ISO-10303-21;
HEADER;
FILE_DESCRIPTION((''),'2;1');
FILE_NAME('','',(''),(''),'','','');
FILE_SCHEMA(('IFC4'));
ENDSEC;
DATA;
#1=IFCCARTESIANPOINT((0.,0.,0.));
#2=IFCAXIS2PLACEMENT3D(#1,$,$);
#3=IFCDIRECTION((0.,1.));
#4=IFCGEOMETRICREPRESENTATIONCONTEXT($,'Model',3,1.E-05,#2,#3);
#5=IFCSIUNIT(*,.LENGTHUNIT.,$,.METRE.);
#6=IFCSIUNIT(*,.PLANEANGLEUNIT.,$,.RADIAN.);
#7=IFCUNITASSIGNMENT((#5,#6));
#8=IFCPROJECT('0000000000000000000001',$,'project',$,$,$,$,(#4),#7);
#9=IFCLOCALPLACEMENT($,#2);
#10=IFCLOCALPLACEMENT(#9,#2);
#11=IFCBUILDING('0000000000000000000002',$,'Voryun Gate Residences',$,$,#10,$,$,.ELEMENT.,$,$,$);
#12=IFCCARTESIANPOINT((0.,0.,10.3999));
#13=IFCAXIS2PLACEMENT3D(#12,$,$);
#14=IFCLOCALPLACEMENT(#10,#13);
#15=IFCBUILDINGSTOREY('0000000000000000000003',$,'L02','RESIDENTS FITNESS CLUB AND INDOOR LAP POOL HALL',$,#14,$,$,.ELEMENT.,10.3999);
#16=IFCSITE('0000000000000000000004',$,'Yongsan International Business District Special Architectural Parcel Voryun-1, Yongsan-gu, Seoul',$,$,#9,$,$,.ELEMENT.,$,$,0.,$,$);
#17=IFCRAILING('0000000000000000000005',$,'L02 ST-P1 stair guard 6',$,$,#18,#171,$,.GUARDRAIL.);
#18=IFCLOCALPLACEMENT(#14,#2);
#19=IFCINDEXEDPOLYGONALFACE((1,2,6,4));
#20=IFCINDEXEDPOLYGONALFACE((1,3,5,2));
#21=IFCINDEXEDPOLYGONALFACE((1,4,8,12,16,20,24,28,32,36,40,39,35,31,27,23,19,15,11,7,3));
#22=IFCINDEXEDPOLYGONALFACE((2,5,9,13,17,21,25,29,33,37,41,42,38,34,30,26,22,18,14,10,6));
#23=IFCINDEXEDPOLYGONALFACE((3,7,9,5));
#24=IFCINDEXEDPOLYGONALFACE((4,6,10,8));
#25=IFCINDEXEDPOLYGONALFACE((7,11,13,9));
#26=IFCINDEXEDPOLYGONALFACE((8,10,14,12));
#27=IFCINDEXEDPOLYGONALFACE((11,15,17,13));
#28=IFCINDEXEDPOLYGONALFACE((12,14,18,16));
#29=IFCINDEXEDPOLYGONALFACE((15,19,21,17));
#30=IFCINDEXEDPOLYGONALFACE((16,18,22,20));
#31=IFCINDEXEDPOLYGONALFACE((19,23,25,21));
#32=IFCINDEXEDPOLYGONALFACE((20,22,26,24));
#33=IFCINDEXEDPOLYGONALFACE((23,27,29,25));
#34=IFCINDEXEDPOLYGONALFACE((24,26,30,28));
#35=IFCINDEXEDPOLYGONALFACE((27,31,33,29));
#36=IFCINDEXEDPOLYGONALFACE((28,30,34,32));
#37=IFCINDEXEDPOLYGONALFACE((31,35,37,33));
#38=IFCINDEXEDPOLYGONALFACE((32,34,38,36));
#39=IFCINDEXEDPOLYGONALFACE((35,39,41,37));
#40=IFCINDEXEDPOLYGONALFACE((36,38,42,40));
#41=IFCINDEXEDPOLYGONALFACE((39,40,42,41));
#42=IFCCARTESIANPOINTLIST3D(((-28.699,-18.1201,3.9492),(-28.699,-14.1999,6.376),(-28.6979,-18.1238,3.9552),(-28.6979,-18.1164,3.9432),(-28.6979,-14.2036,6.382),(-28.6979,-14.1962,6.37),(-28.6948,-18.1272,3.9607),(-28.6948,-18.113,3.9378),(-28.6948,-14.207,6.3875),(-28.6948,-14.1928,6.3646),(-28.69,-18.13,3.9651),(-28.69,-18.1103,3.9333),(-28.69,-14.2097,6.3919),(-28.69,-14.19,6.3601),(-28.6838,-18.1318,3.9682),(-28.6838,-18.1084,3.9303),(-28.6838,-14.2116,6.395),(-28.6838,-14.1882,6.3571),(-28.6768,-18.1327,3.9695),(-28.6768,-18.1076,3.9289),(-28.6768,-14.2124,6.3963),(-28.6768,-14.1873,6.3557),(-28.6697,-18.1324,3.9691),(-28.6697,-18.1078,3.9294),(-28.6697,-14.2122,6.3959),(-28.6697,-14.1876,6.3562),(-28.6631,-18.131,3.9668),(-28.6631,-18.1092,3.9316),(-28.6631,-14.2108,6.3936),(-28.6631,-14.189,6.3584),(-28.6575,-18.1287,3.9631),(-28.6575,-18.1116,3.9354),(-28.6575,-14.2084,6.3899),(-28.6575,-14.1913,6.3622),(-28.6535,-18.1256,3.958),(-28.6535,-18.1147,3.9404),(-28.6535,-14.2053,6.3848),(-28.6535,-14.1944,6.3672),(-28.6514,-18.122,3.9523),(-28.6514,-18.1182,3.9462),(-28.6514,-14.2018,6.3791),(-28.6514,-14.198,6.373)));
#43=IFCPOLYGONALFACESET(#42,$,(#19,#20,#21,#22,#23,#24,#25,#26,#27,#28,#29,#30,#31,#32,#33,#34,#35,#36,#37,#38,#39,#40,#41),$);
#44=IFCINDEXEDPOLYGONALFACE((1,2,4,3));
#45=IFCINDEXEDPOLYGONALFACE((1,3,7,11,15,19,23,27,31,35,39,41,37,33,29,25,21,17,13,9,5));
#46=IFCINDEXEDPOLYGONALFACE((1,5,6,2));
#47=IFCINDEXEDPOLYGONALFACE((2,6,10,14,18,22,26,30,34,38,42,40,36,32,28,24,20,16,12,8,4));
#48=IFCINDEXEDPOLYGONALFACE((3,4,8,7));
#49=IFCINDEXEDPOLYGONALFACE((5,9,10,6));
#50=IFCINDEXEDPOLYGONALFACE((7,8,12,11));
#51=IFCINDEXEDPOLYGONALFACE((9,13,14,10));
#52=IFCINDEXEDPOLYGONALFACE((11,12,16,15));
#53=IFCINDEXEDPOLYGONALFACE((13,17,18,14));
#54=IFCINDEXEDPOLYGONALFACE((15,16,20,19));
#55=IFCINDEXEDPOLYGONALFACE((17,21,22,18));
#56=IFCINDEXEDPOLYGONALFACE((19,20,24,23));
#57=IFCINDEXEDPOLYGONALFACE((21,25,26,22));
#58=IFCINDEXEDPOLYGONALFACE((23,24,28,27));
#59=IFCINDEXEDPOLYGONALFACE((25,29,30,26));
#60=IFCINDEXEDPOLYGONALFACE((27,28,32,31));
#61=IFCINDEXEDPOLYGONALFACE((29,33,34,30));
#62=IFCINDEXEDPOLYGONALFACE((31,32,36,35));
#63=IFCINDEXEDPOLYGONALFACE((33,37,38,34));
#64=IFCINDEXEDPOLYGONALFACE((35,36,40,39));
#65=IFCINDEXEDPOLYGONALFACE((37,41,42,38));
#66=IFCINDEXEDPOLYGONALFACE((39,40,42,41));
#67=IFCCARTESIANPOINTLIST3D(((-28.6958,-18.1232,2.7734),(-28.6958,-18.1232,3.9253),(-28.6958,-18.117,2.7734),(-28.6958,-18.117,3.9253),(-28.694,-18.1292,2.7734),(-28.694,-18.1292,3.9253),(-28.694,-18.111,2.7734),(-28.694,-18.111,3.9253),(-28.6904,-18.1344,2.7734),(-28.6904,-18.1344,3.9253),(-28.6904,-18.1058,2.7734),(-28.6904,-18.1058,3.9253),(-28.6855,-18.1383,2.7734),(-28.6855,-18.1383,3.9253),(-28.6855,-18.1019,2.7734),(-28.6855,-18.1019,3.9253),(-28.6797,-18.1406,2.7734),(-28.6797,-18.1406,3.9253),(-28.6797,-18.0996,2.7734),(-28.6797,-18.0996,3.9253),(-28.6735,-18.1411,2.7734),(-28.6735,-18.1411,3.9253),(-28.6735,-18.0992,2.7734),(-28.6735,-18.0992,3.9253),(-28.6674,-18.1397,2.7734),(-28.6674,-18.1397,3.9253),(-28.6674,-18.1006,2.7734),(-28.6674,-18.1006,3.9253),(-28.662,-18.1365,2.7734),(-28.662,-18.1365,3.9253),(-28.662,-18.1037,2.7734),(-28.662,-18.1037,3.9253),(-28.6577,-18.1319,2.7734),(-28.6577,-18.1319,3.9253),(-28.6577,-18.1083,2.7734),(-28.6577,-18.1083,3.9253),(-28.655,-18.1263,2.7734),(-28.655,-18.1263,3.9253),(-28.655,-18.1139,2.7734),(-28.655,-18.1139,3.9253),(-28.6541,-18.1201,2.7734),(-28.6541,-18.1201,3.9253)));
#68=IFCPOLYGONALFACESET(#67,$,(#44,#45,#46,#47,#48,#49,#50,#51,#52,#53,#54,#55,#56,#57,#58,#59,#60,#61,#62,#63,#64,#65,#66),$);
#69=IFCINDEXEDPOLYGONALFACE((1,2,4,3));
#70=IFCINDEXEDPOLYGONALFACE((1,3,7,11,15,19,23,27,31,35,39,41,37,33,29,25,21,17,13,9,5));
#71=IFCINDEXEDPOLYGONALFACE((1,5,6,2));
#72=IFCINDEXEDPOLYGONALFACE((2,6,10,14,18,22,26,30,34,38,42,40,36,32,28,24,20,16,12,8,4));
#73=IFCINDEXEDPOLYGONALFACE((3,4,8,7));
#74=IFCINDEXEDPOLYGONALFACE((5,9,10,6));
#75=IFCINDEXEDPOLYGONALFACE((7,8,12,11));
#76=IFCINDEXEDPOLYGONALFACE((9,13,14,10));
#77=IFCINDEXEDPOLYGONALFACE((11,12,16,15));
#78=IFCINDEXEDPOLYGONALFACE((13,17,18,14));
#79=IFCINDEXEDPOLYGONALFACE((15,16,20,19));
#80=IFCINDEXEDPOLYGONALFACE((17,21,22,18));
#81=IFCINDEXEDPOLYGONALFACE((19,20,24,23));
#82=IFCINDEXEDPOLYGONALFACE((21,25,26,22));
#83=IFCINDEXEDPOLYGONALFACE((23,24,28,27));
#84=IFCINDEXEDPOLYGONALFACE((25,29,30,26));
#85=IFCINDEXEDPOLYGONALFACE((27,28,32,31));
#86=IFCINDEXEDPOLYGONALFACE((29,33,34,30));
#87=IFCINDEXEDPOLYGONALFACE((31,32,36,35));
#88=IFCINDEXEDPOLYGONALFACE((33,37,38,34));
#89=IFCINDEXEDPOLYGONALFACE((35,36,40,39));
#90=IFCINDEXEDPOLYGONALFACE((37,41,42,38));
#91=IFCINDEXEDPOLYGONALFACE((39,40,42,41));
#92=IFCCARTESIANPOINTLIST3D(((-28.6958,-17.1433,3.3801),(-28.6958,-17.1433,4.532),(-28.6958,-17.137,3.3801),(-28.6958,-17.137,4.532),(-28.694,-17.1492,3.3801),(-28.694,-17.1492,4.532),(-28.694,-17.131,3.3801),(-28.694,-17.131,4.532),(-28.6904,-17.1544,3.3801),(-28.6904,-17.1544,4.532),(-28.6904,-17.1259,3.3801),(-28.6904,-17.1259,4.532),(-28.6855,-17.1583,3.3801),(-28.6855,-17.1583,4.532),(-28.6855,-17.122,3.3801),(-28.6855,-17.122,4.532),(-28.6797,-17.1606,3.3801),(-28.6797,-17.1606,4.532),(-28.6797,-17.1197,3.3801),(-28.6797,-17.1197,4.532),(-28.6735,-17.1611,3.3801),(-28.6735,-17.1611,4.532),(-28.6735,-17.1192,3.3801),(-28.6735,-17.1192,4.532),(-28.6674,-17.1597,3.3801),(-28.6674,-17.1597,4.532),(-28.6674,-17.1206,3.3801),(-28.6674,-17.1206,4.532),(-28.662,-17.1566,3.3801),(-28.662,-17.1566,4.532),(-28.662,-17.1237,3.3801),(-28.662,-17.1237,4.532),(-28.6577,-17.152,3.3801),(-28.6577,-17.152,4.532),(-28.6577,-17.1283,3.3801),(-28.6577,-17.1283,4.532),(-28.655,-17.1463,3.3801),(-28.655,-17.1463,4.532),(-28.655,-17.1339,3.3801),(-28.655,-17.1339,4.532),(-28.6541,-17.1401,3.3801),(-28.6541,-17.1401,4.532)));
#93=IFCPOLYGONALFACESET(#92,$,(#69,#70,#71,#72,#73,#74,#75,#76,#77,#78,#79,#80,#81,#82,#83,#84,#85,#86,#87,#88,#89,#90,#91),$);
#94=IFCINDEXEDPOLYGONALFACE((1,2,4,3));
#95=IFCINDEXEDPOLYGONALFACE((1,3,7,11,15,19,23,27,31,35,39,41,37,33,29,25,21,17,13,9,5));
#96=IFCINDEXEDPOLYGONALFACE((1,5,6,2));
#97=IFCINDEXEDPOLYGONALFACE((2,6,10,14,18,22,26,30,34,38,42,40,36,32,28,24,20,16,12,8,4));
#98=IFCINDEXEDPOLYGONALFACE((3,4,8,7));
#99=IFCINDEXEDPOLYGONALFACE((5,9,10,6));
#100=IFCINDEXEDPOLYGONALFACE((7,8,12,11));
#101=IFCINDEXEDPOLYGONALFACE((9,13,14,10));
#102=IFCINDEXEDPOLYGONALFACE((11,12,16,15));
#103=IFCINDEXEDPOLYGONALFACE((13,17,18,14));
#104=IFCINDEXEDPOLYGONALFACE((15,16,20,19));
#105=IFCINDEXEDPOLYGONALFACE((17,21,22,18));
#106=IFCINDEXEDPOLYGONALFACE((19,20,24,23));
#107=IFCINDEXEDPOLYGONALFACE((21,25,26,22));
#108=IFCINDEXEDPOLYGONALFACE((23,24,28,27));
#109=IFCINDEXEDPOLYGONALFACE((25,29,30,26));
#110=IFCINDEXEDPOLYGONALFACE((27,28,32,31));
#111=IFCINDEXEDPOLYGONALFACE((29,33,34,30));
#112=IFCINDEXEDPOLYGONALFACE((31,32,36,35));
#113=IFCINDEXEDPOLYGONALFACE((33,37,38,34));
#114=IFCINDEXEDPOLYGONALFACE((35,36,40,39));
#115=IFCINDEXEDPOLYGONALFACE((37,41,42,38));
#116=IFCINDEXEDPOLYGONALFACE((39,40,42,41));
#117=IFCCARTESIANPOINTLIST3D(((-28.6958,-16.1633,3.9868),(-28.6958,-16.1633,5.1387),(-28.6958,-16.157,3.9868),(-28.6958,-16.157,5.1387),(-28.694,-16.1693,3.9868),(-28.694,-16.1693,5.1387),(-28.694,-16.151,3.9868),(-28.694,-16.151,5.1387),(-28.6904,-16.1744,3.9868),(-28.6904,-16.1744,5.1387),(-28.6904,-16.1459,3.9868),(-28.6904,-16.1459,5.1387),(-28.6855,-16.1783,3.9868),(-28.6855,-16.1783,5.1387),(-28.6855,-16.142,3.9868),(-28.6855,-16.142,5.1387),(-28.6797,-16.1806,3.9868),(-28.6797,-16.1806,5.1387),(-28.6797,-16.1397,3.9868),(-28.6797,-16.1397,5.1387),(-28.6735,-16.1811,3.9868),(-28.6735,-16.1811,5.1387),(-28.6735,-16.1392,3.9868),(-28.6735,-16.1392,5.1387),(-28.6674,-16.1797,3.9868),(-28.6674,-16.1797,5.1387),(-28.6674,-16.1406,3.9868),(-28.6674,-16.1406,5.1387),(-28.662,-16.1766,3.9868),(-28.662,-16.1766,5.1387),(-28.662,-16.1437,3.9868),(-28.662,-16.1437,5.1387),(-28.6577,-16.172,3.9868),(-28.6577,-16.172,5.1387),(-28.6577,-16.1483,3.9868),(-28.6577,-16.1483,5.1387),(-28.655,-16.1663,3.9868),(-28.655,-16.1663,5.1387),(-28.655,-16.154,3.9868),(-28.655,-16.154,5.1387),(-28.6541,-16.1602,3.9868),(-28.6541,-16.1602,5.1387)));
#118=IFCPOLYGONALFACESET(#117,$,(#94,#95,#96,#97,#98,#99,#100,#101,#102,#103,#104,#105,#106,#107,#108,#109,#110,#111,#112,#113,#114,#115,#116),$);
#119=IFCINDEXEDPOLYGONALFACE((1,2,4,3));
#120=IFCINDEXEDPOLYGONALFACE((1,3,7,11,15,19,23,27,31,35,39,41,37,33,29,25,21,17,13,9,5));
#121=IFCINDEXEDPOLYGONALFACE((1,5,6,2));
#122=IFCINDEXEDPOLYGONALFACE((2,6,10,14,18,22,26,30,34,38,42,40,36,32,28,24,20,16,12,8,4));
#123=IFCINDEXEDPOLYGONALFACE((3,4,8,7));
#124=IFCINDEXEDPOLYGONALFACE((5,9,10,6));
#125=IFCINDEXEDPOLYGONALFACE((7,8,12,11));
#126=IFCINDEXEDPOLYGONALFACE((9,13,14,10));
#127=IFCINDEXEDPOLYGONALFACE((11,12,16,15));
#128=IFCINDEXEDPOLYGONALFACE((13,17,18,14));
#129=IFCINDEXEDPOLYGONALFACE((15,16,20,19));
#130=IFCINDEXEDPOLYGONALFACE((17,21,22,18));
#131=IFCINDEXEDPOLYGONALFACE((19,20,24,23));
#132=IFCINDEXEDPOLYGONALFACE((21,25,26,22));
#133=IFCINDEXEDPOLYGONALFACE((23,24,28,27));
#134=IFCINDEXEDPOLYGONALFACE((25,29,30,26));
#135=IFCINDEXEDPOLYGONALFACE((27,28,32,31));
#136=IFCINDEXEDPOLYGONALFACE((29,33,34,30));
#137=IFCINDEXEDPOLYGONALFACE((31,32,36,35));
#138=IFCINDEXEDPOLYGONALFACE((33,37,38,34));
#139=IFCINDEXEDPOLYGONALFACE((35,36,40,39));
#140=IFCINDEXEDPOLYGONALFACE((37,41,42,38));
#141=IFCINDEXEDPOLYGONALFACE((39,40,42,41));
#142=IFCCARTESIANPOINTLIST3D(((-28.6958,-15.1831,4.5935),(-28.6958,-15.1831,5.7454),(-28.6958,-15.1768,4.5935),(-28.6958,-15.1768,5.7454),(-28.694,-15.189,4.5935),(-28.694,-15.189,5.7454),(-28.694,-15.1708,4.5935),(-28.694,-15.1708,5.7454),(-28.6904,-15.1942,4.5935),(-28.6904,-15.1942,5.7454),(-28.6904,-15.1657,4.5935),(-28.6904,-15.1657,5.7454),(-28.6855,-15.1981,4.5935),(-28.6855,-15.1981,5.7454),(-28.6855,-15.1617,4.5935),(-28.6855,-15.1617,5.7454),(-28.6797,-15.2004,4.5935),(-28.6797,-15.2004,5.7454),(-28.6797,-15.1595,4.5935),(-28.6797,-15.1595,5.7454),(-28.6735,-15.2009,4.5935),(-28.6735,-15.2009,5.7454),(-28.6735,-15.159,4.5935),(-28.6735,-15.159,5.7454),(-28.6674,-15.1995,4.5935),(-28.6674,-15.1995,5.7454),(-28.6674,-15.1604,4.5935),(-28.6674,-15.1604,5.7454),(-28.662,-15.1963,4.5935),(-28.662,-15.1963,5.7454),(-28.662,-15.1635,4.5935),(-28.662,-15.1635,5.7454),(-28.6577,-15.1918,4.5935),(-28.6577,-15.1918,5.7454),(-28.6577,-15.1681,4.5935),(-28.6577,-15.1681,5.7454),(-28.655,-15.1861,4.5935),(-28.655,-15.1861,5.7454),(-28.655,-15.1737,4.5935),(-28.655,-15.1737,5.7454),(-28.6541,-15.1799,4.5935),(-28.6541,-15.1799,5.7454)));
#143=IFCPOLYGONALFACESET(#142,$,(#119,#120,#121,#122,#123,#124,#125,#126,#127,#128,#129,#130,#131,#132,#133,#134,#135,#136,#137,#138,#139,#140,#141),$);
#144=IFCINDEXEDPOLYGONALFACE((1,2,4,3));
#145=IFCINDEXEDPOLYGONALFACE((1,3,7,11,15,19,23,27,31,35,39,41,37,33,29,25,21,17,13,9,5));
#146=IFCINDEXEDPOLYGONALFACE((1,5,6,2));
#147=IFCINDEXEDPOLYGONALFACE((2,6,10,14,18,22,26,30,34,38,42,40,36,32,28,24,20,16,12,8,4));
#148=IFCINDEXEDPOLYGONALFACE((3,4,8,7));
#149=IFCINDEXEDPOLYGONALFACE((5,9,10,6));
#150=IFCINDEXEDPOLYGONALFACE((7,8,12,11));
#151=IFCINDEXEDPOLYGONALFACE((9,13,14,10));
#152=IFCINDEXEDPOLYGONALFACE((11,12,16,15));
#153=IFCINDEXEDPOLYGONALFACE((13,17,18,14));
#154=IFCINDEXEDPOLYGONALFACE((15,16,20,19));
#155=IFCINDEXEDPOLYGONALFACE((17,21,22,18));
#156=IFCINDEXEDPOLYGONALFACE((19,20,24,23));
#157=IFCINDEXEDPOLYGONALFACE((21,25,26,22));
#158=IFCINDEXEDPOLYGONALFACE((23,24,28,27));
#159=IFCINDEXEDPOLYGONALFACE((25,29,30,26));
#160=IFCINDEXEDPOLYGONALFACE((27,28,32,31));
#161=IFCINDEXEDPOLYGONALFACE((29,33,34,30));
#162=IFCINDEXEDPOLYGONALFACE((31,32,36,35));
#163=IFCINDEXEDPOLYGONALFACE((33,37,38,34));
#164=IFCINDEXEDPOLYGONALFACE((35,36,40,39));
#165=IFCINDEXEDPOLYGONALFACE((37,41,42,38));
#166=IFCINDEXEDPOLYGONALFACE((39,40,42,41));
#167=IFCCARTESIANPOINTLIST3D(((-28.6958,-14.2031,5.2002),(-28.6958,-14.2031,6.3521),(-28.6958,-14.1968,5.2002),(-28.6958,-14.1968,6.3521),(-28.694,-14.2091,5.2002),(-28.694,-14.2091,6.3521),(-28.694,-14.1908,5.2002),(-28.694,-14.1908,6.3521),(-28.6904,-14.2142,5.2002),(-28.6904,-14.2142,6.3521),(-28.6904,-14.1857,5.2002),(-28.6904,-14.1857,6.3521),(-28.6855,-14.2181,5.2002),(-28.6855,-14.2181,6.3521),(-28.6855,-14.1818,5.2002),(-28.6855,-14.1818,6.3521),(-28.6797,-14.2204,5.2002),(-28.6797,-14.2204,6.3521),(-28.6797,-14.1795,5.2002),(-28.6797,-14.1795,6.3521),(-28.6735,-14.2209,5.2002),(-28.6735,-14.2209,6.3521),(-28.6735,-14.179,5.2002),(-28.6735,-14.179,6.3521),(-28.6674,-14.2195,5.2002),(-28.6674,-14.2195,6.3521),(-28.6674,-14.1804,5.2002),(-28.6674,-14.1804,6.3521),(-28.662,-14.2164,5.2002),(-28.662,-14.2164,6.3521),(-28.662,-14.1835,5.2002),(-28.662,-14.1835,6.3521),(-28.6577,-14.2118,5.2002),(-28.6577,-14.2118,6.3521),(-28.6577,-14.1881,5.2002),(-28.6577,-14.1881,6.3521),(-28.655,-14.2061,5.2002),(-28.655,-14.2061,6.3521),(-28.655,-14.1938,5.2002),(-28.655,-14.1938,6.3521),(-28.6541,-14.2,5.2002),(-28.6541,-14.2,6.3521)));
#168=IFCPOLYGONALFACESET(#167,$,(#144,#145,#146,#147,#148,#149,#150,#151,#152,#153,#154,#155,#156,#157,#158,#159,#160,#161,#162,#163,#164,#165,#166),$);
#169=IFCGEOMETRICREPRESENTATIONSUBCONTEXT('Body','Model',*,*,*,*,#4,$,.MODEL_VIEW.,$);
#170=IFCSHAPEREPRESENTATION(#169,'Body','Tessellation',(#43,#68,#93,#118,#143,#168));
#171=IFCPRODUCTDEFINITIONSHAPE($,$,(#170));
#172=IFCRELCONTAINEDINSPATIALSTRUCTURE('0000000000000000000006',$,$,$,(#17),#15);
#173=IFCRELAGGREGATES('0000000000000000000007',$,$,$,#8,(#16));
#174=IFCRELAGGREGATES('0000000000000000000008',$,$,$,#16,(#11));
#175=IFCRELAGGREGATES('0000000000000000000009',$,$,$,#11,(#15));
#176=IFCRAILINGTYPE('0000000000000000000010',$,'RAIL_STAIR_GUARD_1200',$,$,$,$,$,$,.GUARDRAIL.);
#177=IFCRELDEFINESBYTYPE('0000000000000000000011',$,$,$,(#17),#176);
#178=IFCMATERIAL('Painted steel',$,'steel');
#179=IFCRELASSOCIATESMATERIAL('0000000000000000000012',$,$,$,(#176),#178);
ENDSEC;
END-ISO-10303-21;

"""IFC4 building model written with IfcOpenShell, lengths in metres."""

from ifc_helpers import new_model, si_unit, direction, frame, origin, origin_2d, place, context, subcontext, project, spatial, circle, extrude, material, type_object, element, save


model = new_model("IFC4")

# Units and contexts
model_context = context("Model", 3, precision=1e-05, world=origin(), true_north=direction((0.0, 1.0)))
body_context = subcontext(model_context, "Body", "Model", "MODEL_VIEW")
ifc_project = project(units=[si_unit("LENGTHUNIT", "METRE"), si_unit("PLANEANGLEUNIT", "RADIAN")], contexts=[model_context])

# Site, building, storey
site_placement = place(None, origin())
site = spatial("IfcSite", under=ifc_project, at=site_placement, Name="Yongsan International Business District Special Architectural Parcel Voryun-1, Yongsan-gu, Seoul", CompositionType="ELEMENT", RefElevation=0.0)
building_placement = place(site_placement, origin())
building = spatial("IfcBuilding", under=site, at=building_placement, Name="Voryun Gate Residences", CompositionType="ELEMENT")
storey_placement = place(building_placement, frame((0.0, 0.0, 10.3999)))
storey = spatial("IfcBuildingStorey", under=building, at=storey_placement, Name="L02", Description="RESIDENTS FITNESS CLUB AND INDOOR LAP POOL HALL", CompositionType="ELEMENT", Elevation=10.3999)

# Railing
ifc_material_1 = material(Name="Painted steel", Category="steel")
railing_type_1 = type_object("IfcRailingType", Name="RAIL_STAIR_GUARD_1200", PredefinedType="GUARDRAIL", material=ifc_material_1)
railing_1_placement = place(storey_placement, frame((-28.675, -18.1201, 2.7734)))
element("IfcRailing", 1, at=railing_1_placement, inside=storey, type_object=railing_type_1, Name="L02 ST-P1 stair guard 6", PredefinedType="GUARDRAIL", context=body_context, shape_type="SweptSolid", body=[
    extrude(circle(Radius=0.0239, at=origin_2d()), frame((0.0, 0.0, 1.1758), z_axis=(0.0, 0.850266, 0.526353), x_axis=(-1.0, 0.0, 0.0)), (0.0, 0.0, 1.0), 4.6106),
    extrude(circle(Radius=0.021, at=origin_2d()), origin(), (0.0, 0.0, 1.0), 1.1519),
    extrude(circle(Radius=0.021, at=origin_2d()), frame((0.0, 0.98, 0.6067)), (0.0, 0.0, 1.0), 1.1519),
    extrude(circle(Radius=0.021, at=origin_2d()), frame((0.0, 1.96, 1.2134)), (0.0, 0.0, 1.0), 1.1519),
    extrude(circle(Radius=0.021, at=origin_2d()), frame((0.0, 2.9402, 1.8201)), (0.0, 0.0, 1.0), 1.1519),
    extrude(circle(Radius=0.021, at=origin_2d()), frame((0.0, 3.9202, 2.4268)), (0.0, 0.0, 1.0), 1.1519),
])

save(model, "model.ifc")
